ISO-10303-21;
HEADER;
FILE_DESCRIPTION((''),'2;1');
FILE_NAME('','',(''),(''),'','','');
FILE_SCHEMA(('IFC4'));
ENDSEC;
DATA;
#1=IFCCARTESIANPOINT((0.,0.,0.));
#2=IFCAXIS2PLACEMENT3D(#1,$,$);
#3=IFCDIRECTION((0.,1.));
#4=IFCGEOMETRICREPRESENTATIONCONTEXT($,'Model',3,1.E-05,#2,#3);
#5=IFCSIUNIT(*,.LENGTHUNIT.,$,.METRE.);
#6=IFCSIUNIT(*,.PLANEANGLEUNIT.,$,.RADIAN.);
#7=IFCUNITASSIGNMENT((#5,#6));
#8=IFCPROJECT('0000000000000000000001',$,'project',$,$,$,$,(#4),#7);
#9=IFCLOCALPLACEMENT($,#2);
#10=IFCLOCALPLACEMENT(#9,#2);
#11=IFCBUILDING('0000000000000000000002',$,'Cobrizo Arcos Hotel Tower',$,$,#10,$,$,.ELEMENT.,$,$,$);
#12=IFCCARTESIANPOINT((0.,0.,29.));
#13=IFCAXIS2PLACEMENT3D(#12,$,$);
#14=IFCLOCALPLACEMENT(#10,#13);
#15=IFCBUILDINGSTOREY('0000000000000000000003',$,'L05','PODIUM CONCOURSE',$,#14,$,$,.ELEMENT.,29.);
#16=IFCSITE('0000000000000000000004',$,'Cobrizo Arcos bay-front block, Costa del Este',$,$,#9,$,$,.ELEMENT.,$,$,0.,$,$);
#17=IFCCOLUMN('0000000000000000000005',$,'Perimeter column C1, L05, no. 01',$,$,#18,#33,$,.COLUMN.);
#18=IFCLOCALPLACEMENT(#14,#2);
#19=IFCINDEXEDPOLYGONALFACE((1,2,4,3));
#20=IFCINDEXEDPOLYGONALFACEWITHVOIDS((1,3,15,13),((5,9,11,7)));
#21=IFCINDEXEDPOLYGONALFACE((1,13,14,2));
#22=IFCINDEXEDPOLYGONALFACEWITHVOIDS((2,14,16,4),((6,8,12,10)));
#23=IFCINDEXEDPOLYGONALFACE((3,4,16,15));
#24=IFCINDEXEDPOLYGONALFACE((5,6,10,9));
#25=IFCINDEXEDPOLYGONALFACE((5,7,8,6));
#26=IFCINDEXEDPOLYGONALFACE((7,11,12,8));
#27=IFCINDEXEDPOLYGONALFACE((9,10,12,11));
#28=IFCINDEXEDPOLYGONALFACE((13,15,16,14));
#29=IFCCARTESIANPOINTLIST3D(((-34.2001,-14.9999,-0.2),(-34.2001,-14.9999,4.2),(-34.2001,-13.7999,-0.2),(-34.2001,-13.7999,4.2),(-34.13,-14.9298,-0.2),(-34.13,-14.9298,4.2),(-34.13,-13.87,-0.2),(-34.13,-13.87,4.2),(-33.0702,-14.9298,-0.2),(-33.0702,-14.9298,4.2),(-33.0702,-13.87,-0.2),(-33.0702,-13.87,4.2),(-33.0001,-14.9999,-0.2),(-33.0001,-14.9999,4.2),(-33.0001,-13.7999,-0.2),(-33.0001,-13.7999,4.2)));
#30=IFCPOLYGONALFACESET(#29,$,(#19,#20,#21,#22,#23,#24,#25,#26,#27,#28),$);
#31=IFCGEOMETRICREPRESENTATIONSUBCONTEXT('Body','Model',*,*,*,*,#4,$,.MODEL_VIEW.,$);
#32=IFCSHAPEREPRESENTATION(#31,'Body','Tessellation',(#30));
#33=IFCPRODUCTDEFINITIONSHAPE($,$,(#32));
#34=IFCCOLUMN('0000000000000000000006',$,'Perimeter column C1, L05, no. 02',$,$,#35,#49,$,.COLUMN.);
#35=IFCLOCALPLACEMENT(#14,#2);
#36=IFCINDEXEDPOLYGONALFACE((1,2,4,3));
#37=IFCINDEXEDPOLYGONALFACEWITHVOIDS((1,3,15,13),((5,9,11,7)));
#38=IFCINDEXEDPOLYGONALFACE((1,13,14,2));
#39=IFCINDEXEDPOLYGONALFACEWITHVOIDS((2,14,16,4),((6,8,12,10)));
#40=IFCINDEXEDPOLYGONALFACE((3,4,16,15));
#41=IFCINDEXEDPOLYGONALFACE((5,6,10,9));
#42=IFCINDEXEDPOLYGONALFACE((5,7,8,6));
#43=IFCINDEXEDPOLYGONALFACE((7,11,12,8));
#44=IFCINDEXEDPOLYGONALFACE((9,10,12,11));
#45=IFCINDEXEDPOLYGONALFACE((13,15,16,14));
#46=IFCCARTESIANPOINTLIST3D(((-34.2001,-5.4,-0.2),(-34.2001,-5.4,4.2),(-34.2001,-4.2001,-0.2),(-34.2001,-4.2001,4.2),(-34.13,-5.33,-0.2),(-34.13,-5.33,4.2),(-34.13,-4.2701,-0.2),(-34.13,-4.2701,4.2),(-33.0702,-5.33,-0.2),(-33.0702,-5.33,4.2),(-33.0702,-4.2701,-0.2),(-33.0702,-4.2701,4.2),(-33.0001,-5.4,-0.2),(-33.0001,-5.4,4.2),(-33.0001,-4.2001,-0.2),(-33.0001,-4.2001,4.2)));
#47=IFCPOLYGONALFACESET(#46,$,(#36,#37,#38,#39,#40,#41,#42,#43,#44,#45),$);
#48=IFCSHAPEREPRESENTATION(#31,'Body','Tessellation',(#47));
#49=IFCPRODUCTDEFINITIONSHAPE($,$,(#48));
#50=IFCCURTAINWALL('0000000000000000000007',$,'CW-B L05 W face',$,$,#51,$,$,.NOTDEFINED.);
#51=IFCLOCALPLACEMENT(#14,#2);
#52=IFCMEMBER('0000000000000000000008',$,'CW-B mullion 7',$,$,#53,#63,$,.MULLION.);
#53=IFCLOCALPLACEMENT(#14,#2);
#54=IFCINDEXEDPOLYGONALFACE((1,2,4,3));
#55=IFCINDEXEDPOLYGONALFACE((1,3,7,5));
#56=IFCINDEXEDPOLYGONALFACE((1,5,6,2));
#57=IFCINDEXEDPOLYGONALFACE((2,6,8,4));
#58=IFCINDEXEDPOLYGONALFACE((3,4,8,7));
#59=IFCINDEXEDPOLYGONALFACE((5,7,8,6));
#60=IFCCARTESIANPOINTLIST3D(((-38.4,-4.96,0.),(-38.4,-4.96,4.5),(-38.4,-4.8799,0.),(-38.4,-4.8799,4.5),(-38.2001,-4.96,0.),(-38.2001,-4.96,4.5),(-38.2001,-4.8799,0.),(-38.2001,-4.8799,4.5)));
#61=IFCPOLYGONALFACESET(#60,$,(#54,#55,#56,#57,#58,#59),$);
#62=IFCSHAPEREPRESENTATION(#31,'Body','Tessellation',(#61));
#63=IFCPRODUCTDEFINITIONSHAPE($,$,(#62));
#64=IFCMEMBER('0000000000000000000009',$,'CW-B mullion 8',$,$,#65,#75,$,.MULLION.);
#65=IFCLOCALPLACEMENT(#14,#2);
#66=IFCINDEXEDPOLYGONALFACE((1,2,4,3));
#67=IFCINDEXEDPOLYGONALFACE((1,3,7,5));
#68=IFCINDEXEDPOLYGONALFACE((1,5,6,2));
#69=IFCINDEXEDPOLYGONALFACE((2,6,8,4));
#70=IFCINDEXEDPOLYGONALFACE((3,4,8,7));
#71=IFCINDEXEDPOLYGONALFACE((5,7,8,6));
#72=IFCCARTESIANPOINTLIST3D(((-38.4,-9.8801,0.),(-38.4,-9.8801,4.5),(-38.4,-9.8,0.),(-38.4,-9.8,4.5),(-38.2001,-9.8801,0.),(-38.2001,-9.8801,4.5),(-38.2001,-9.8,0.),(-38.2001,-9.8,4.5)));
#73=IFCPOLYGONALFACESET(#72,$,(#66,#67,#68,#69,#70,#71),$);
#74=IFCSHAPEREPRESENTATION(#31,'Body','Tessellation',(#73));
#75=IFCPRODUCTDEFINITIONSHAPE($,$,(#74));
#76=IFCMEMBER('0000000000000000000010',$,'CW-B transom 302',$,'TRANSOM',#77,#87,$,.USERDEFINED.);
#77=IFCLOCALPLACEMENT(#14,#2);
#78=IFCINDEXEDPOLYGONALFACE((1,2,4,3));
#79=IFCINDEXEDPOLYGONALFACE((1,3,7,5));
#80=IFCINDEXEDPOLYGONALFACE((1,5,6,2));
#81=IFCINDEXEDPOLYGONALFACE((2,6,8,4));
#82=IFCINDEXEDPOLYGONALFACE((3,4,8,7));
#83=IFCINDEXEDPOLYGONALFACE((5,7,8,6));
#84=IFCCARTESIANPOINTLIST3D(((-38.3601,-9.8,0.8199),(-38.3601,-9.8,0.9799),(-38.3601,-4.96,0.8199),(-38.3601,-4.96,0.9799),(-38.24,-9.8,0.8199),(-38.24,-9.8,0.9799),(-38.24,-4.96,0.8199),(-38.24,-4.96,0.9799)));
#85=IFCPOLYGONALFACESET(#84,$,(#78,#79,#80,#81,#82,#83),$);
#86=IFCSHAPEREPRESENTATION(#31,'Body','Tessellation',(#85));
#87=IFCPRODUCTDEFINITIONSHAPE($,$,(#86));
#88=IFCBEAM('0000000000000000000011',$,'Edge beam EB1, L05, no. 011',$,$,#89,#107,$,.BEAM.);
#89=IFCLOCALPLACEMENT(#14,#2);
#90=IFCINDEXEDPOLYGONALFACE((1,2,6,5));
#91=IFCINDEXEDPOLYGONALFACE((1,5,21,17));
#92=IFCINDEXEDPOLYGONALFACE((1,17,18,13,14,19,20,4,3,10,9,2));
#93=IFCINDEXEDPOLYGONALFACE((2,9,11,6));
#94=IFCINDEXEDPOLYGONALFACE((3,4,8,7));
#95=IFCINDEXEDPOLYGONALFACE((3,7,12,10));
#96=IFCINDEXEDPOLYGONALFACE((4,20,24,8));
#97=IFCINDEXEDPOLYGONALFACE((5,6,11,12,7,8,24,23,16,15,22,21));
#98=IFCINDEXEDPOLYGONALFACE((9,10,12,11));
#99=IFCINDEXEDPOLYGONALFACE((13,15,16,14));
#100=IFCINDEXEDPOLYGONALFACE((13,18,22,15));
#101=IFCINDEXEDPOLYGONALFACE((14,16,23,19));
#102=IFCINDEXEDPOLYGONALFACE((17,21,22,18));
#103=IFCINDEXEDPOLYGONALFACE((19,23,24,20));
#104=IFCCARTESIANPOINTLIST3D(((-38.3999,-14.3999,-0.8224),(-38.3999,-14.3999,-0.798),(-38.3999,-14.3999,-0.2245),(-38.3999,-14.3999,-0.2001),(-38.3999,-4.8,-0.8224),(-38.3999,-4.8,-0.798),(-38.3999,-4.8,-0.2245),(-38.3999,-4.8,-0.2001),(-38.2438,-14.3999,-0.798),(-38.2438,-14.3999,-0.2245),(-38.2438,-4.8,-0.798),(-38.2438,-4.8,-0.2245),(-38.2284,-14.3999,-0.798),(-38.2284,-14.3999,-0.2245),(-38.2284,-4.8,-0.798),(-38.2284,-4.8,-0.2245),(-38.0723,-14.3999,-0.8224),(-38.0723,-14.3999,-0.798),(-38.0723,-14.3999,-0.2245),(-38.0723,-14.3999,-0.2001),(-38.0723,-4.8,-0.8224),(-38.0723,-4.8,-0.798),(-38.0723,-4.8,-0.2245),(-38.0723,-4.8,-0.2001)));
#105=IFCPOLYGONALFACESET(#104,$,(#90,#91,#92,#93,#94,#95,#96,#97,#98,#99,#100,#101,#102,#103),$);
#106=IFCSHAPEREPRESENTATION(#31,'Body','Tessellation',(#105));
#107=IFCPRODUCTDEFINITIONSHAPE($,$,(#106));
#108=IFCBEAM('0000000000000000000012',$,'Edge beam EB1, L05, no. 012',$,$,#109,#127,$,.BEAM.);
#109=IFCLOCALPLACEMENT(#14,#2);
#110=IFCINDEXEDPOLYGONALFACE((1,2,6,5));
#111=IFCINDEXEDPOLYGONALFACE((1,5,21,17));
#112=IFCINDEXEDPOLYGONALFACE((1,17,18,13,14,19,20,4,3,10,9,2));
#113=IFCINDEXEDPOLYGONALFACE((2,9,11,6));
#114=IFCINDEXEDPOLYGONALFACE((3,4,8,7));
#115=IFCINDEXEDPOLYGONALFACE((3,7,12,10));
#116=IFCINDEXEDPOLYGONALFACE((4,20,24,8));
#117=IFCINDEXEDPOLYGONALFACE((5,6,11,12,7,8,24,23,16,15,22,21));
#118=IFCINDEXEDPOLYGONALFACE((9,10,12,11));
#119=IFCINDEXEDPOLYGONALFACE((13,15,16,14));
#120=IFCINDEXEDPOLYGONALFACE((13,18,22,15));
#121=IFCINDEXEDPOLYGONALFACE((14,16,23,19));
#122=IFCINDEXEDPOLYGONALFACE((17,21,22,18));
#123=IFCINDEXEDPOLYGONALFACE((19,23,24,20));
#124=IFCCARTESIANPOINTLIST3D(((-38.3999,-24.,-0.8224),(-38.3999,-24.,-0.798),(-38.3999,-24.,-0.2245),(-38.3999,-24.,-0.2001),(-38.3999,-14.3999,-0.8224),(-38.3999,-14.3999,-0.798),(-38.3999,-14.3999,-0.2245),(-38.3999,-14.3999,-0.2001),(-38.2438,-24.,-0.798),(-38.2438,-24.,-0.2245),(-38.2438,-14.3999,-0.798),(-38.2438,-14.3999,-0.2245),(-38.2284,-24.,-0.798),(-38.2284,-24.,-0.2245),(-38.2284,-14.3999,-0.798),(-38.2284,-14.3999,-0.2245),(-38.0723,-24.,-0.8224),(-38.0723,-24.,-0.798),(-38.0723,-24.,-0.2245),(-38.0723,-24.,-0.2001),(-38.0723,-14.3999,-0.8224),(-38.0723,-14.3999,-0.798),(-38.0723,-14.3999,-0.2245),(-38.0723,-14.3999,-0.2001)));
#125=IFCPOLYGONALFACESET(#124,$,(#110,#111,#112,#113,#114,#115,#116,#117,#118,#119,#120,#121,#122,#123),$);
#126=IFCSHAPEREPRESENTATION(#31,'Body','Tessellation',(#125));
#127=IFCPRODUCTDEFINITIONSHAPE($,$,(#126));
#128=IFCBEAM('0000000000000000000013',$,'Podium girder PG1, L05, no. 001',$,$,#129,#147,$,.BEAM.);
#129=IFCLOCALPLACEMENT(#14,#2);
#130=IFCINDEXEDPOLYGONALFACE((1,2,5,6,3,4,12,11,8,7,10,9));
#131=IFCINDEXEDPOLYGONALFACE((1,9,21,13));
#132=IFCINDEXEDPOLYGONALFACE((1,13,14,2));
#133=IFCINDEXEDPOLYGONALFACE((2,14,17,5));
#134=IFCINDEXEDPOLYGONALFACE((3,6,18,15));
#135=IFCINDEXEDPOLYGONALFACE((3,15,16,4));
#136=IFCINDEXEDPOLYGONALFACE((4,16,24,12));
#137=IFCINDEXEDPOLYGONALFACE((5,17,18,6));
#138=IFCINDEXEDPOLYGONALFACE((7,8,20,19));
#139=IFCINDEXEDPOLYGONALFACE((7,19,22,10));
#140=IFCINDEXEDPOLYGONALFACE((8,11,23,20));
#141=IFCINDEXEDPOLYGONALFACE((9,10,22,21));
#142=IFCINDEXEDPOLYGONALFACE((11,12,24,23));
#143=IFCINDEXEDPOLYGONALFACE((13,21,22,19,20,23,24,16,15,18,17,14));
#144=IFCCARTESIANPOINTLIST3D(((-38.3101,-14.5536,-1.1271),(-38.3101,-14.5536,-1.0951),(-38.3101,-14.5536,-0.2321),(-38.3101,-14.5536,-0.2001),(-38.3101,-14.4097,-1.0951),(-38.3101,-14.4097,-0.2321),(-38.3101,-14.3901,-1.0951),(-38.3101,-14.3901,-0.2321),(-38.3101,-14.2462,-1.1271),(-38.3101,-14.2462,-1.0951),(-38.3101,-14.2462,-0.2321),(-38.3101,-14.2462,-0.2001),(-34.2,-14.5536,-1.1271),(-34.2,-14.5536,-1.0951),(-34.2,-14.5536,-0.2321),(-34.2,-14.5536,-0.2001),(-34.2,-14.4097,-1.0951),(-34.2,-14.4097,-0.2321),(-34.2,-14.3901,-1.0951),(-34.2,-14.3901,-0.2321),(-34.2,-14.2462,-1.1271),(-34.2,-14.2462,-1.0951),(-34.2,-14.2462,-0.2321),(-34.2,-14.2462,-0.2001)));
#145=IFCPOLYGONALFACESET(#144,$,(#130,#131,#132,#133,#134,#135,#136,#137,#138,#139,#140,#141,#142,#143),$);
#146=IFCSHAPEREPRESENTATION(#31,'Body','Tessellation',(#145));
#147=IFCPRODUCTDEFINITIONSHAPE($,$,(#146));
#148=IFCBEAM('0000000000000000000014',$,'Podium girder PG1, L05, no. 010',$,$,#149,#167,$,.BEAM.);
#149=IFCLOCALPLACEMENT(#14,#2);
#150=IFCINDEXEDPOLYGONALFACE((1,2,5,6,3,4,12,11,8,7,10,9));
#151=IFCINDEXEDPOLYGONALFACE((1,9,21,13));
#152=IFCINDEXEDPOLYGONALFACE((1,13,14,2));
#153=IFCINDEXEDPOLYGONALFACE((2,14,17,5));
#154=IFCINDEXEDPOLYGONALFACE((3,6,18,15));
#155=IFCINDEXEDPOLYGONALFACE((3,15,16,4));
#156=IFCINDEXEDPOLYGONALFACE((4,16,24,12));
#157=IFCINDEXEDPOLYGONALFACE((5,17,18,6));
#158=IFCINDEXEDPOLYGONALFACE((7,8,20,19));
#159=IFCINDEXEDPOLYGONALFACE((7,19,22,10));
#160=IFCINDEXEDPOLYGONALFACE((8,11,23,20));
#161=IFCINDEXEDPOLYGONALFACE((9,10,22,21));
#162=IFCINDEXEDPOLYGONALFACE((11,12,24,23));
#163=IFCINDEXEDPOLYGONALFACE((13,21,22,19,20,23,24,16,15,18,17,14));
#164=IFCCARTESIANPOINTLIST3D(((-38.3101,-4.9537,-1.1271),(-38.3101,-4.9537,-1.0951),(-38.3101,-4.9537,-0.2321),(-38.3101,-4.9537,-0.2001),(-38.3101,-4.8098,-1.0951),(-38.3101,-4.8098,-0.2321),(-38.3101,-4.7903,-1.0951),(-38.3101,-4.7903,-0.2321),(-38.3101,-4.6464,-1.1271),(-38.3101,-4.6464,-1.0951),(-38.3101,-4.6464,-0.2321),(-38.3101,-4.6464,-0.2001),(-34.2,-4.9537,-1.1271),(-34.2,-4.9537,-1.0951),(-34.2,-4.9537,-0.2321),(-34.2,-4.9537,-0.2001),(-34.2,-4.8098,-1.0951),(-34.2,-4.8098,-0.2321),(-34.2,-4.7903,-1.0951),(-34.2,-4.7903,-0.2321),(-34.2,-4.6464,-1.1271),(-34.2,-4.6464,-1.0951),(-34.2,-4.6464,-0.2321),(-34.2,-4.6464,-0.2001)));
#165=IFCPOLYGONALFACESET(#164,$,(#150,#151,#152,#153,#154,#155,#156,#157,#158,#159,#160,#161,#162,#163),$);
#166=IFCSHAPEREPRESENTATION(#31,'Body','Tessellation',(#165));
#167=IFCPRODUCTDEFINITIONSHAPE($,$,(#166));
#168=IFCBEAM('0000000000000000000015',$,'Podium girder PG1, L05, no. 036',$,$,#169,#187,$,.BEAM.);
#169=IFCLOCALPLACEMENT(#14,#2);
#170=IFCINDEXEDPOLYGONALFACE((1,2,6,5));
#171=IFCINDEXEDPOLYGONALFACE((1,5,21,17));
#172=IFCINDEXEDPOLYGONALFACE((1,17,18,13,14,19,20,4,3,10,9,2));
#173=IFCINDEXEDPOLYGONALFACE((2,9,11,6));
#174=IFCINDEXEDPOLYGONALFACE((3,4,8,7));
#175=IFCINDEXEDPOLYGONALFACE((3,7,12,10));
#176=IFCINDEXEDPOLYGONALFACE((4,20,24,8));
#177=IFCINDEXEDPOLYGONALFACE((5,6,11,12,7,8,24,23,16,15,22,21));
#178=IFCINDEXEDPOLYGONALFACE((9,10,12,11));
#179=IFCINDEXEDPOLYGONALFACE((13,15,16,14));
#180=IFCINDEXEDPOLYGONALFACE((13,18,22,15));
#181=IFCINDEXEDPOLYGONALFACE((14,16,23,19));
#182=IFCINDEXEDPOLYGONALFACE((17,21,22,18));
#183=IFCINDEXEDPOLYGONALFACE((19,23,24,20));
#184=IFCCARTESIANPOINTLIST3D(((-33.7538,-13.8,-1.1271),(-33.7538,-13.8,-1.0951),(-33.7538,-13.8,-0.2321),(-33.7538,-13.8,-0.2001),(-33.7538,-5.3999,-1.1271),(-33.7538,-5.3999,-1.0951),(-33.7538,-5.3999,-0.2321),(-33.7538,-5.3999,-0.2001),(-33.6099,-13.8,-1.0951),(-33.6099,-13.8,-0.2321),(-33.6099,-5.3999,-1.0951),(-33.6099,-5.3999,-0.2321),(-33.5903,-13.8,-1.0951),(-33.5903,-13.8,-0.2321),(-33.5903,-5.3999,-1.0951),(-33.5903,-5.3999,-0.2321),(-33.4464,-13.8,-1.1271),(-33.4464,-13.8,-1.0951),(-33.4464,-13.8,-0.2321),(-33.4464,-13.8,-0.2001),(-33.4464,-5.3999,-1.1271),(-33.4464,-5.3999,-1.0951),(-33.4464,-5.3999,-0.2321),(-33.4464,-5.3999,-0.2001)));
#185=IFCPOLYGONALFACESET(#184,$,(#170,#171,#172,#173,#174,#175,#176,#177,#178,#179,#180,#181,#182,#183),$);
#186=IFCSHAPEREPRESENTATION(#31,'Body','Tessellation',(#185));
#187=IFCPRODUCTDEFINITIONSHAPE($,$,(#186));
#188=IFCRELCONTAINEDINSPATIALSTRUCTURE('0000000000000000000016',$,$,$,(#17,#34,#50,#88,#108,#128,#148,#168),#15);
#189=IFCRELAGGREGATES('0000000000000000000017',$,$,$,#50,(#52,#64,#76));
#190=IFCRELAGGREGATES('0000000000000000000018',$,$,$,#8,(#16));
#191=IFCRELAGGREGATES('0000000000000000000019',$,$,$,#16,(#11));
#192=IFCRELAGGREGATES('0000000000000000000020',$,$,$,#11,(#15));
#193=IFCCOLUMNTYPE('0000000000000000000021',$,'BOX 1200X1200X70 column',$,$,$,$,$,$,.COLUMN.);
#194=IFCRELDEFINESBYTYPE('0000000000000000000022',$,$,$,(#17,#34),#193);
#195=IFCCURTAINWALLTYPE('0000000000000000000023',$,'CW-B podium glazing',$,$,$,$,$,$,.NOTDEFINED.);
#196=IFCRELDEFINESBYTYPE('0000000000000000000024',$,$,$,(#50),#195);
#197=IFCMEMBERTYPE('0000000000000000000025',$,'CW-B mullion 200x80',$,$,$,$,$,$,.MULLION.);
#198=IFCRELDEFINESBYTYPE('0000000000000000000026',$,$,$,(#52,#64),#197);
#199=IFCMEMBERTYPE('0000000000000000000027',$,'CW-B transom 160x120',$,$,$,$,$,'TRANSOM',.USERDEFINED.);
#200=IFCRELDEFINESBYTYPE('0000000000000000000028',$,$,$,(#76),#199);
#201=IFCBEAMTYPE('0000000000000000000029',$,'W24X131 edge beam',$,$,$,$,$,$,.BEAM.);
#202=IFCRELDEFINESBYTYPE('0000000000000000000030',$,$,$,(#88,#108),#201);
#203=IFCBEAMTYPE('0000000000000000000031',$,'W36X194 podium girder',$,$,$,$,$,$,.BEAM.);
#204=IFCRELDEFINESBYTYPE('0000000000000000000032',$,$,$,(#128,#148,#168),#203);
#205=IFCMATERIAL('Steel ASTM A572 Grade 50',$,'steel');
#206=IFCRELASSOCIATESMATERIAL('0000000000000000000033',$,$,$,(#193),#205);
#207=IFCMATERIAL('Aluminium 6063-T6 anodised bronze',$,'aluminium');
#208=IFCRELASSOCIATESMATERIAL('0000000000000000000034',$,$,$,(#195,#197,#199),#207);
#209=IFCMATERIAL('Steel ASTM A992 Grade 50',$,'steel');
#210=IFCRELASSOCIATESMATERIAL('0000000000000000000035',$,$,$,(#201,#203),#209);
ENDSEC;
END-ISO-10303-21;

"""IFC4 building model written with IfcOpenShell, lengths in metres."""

from ifc_helpers import new_model, si_unit, direction, frame, origin, origin_2d, place, context, subcontext, project, spatial, rectangle, hollow_rectangle, i_section, extrude, material, material_profile, profile_set, type_object, element, aggregate, save


model = new_model("IFC4")

# Units and contexts
model_context = context("Model", 3, precision=1e-05, world=origin(), true_north=direction((0.0, 1.0)))
body_context = subcontext(model_context, "Body", "Model", "MODEL_VIEW")
ifc_project = project(units=[si_unit("LENGTHUNIT", "METRE"), si_unit("PLANEANGLEUNIT", "RADIAN")], contexts=[model_context])

# Site, building, storey
site_placement = place(None, origin())
site = spatial("IfcSite", under=ifc_project, at=site_placement, Name="Cobrizo Arcos bay-front block, Costa del Este", CompositionType="ELEMENT", RefElevation=0.0)
building_placement = place(site_placement, origin())
building = spatial("IfcBuilding", under=site, at=building_placement, Name="Cobrizo Arcos Hotel Tower", CompositionType="ELEMENT")
storey_placement = place(building_placement, frame((0.0, 0.0, 29.0)))
storey = spatial("IfcBuildingStorey", under=building, at=storey_placement, Name="L05", Description="PODIUM CONCOURSE", CompositionType="ELEMENT", Elevation=29.0)

# Columns
ifc_material_1 = material(Name="Steel ASTM A572 Grade 50", Category="steel")
ifc_material_profile_1 = material_profile(ifc_material_1, hollow_rectangle(XDim=1.2, YDim=1.2, WallThickness=0.0701, at=origin_2d()), Name="BOX 1200X1200X70")
ifc_profile_set_1 = profile_set([ifc_material_profile_1], Name="Steel ASTM A572 Grade 50")
column_type = type_object("IfcColumnType", Name="BOX 1200X1200X70 column", PredefinedType="COLUMN", material=ifc_profile_set_1)
for number, where, z_axis, x_axis, name in (
    (1, (-33.6001, -14.3999, -0.2), (0.0, 0.0, 1.0), (1.0, 0.0, 0.0), "Perimeter column C1, L05, no. 01"),
    (2, (-33.6001, -4.8, -0.2), (0.0, 0.0, 1.0), (1.0, 0.0, 0.0), "Perimeter column C1, L05, no. 02"),
):
    element("IfcColumn", number, at=place(storey_placement, frame(where, z_axis=z_axis, x_axis=x_axis)), inside=storey, type_object=column_type, Name=name, PredefinedType="COLUMN", context=body_context, shape_type="SweptSolid", body=[
        extrude(hollow_rectangle(XDim=1.2, YDim=1.2, WallThickness=0.0701, at=origin_2d()), origin(), (0.0, 0.0, 1.0), 4.3999),
    ])

# Curtain wall, members
ifc_material_2 = material(Name="Aluminium 6063-T6 anodised bronze", Category="aluminium")
curtain_wall_type = type_object("IfcCurtainWallType", Name="CW-B podium glazing", PredefinedType="NOTDEFINED", material=ifc_material_2)
curtain_wall_placement = place(storey_placement, origin())
curtain_wall = element("IfcCurtainWall", 3, at=curtain_wall_placement, inside=storey, type_object=curtain_wall_type, Name="CW-B L05 W face", PredefinedType="NOTDEFINED")
ifc_material_profile_2 = material_profile(ifc_material_2, rectangle(XDim=0.2, YDim=0.0801, at=origin_2d()), Name="CW-B mullion 200x80")
ifc_profile_set_2 = profile_set([ifc_material_profile_2], Name="Aluminium 6063-T6 anodised bronze")
member_type_1 = type_object("IfcMemberType", Name="CW-B mullion 200x80", PredefinedType="MULLION", material=ifc_profile_set_2)
member_1_placement = place(storey_placement, frame((-38.3, -4.9199, 0.0), z_axis=(0.0, 0.0, 1.0), x_axis=(-1.0, 0.0, 0.0)))
member_1 = element("IfcMember", 4, at=member_1_placement, type_object=member_type_1, Name="CW-B mullion 7", PredefinedType="MULLION", context=body_context, shape_type="SweptSolid", body=[
    extrude(rectangle(XDim=0.2, YDim=0.0801, at=origin_2d()), origin(), (0.0, 0.0, 1.0), 4.5),
])
member_2_placement = place(storey_placement, frame((-38.3, -9.8401, 0.0), z_axis=(0.0, 0.0, 1.0), x_axis=(-1.0, 0.0, 0.0)))
member_2 = element("IfcMember", 5, at=member_2_placement, type_object=member_type_1, Name="CW-B mullion 8", PredefinedType="MULLION", context=body_context, shape_type="SweptSolid", body=[
    extrude(rectangle(XDim=0.2, YDim=0.0801, at=origin_2d()), origin(), (0.0, 0.0, 1.0), 4.5),
])
ifc_material_profile_3 = material_profile(ifc_material_2, rectangle(XDim=0.1201, YDim=0.1599, at=origin_2d()), Name="CW-B transom 160x120")
ifc_profile_set_3 = profile_set([ifc_material_profile_3], Name="Aluminium 6063-T6 anodised bronze")
member_type_2 = type_object("IfcMemberType", Name="CW-B transom 160x120", ElementType="TRANSOM", PredefinedType="USERDEFINED", material=ifc_profile_set_3)
member_3_placement = place(storey_placement, frame((-38.3, -4.96, 0.8999), z_axis=(0.0, -1.0, 0.0), x_axis=(1.0, 0.0, 0.0)))
member_3 = element("IfcMember", 6, at=member_3_placement, type_object=member_type_2, Name="CW-B transom 302", ObjectType="TRANSOM", PredefinedType="USERDEFINED", context=body_context, shape_type="SweptSolid", body=[
    extrude(rectangle(XDim=0.1201, YDim=0.1599, at=origin_2d()), origin(), (0.0, 0.0, 1.0), 4.8401),
])

# Beams
ifc_material_3 = material(Name="Steel ASTM A992 Grade 50", Category="steel")
ifc_material_profile_4 = material_profile(ifc_material_3, i_section(OverallWidth=0.3276, OverallDepth=0.6223, WebThickness=0.0154, FlangeThickness=0.0244, at=origin_2d()), Name="W24X131")
ifc_profile_set_4 = profile_set([ifc_material_profile_4], Name="Steel ASTM A992 Grade 50")
beam_type_1 = type_object("IfcBeamType", Name="W24X131 edge beam", PredefinedType="BEAM", material=ifc_profile_set_4)
beam_1_placement = place(storey_placement, frame((-38.2361, -4.8, -0.5112), z_axis=(0.0, -1.0, 0.0), x_axis=(1.0, 0.0, 0.0)))
element("IfcBeam", 7, at=beam_1_placement, inside=storey, type_object=beam_type_1, Name="Edge beam EB1, L05, no. 011", PredefinedType="BEAM", context=body_context, shape_type="SweptSolid", body=[
    extrude(i_section(OverallWidth=0.3276, OverallDepth=0.6223, WebThickness=0.0154, FlangeThickness=0.0244, at=origin_2d()), origin(), (0.0, 0.0, 1.0), 9.5999),
])
beam_2_placement = place(storey_placement, frame((-38.2361, -14.3999, -0.5112), z_axis=(0.0, -1.0, 0.0), x_axis=(1.0, 0.0, 0.0)))
element("IfcBeam", 8, at=beam_2_placement, inside=storey, type_object=beam_type_1, Name="Edge beam EB1, L05, no. 012", PredefinedType="BEAM", context=body_context, shape_type="SweptSolid", body=[
    extrude(i_section(OverallWidth=0.3276, OverallDepth=0.6223, WebThickness=0.0154, FlangeThickness=0.0244, at=origin_2d()), origin(), (0.0, 0.0, 1.0), 9.6001),
])
ifc_material_profile_5 = material_profile(ifc_material_3, i_section(OverallWidth=0.3074, OverallDepth=0.927, WebThickness=0.0195, FlangeThickness=0.032, at=origin_2d()), Name="W36X194")
ifc_profile_set_5 = profile_set([ifc_material_profile_5], Name="Steel ASTM A992 Grade 50")
beam_type_2 = type_object("IfcBeamType", Name="W36X194 podium girder", PredefinedType="BEAM", material=ifc_profile_set_5)
for number, where, z_axis, x_axis, name in (
    (9, (-38.3101, -14.3999, -0.6636), (1.0, 0.0, 0.0), (0.0, 1.0, 0.0), "Podium girder PG1, L05, no. 001"),
    (10, (-38.3101, -4.8, -0.6636), (1.0, 0.0, 0.0), (0.0, 1.0, 0.0), "Podium girder PG1, L05, no. 010"),
):
    element("IfcBeam", number, at=place(storey_placement, frame(where, z_axis=z_axis, x_axis=x_axis)), inside=storey, type_object=beam_type_2, Name=name, PredefinedType="BEAM", context=body_context, shape_type="SweptSolid", body=[
        extrude(i_section(OverallWidth=0.3074, OverallDepth=0.927, WebThickness=0.0195, FlangeThickness=0.032, at=origin_2d()), origin(), (0.0, 0.0, 1.0), 4.1101),
    ])
beam_3_placement = place(storey_placement, frame((-33.6001, -13.8, -0.6636), z_axis=(0.0, 1.0, 0.0), x_axis=(-1.0, 0.0, 0.0)))
element("IfcBeam", 11, at=beam_3_placement, inside=storey, type_object=beam_type_2, Name="Podium girder PG1, L05, no. 036", PredefinedType="BEAM", context=body_context, shape_type="SweptSolid", body=[
    extrude(i_section(OverallWidth=0.3074, OverallDepth=0.927, WebThickness=0.0195, FlangeThickness=0.032, at=origin_2d()), origin(), (0.0, 0.0, 1.0), 8.4001),
])

aggregate(curtain_wall, [member_1, member_2, member_3])

save(model, "model.ifc")
